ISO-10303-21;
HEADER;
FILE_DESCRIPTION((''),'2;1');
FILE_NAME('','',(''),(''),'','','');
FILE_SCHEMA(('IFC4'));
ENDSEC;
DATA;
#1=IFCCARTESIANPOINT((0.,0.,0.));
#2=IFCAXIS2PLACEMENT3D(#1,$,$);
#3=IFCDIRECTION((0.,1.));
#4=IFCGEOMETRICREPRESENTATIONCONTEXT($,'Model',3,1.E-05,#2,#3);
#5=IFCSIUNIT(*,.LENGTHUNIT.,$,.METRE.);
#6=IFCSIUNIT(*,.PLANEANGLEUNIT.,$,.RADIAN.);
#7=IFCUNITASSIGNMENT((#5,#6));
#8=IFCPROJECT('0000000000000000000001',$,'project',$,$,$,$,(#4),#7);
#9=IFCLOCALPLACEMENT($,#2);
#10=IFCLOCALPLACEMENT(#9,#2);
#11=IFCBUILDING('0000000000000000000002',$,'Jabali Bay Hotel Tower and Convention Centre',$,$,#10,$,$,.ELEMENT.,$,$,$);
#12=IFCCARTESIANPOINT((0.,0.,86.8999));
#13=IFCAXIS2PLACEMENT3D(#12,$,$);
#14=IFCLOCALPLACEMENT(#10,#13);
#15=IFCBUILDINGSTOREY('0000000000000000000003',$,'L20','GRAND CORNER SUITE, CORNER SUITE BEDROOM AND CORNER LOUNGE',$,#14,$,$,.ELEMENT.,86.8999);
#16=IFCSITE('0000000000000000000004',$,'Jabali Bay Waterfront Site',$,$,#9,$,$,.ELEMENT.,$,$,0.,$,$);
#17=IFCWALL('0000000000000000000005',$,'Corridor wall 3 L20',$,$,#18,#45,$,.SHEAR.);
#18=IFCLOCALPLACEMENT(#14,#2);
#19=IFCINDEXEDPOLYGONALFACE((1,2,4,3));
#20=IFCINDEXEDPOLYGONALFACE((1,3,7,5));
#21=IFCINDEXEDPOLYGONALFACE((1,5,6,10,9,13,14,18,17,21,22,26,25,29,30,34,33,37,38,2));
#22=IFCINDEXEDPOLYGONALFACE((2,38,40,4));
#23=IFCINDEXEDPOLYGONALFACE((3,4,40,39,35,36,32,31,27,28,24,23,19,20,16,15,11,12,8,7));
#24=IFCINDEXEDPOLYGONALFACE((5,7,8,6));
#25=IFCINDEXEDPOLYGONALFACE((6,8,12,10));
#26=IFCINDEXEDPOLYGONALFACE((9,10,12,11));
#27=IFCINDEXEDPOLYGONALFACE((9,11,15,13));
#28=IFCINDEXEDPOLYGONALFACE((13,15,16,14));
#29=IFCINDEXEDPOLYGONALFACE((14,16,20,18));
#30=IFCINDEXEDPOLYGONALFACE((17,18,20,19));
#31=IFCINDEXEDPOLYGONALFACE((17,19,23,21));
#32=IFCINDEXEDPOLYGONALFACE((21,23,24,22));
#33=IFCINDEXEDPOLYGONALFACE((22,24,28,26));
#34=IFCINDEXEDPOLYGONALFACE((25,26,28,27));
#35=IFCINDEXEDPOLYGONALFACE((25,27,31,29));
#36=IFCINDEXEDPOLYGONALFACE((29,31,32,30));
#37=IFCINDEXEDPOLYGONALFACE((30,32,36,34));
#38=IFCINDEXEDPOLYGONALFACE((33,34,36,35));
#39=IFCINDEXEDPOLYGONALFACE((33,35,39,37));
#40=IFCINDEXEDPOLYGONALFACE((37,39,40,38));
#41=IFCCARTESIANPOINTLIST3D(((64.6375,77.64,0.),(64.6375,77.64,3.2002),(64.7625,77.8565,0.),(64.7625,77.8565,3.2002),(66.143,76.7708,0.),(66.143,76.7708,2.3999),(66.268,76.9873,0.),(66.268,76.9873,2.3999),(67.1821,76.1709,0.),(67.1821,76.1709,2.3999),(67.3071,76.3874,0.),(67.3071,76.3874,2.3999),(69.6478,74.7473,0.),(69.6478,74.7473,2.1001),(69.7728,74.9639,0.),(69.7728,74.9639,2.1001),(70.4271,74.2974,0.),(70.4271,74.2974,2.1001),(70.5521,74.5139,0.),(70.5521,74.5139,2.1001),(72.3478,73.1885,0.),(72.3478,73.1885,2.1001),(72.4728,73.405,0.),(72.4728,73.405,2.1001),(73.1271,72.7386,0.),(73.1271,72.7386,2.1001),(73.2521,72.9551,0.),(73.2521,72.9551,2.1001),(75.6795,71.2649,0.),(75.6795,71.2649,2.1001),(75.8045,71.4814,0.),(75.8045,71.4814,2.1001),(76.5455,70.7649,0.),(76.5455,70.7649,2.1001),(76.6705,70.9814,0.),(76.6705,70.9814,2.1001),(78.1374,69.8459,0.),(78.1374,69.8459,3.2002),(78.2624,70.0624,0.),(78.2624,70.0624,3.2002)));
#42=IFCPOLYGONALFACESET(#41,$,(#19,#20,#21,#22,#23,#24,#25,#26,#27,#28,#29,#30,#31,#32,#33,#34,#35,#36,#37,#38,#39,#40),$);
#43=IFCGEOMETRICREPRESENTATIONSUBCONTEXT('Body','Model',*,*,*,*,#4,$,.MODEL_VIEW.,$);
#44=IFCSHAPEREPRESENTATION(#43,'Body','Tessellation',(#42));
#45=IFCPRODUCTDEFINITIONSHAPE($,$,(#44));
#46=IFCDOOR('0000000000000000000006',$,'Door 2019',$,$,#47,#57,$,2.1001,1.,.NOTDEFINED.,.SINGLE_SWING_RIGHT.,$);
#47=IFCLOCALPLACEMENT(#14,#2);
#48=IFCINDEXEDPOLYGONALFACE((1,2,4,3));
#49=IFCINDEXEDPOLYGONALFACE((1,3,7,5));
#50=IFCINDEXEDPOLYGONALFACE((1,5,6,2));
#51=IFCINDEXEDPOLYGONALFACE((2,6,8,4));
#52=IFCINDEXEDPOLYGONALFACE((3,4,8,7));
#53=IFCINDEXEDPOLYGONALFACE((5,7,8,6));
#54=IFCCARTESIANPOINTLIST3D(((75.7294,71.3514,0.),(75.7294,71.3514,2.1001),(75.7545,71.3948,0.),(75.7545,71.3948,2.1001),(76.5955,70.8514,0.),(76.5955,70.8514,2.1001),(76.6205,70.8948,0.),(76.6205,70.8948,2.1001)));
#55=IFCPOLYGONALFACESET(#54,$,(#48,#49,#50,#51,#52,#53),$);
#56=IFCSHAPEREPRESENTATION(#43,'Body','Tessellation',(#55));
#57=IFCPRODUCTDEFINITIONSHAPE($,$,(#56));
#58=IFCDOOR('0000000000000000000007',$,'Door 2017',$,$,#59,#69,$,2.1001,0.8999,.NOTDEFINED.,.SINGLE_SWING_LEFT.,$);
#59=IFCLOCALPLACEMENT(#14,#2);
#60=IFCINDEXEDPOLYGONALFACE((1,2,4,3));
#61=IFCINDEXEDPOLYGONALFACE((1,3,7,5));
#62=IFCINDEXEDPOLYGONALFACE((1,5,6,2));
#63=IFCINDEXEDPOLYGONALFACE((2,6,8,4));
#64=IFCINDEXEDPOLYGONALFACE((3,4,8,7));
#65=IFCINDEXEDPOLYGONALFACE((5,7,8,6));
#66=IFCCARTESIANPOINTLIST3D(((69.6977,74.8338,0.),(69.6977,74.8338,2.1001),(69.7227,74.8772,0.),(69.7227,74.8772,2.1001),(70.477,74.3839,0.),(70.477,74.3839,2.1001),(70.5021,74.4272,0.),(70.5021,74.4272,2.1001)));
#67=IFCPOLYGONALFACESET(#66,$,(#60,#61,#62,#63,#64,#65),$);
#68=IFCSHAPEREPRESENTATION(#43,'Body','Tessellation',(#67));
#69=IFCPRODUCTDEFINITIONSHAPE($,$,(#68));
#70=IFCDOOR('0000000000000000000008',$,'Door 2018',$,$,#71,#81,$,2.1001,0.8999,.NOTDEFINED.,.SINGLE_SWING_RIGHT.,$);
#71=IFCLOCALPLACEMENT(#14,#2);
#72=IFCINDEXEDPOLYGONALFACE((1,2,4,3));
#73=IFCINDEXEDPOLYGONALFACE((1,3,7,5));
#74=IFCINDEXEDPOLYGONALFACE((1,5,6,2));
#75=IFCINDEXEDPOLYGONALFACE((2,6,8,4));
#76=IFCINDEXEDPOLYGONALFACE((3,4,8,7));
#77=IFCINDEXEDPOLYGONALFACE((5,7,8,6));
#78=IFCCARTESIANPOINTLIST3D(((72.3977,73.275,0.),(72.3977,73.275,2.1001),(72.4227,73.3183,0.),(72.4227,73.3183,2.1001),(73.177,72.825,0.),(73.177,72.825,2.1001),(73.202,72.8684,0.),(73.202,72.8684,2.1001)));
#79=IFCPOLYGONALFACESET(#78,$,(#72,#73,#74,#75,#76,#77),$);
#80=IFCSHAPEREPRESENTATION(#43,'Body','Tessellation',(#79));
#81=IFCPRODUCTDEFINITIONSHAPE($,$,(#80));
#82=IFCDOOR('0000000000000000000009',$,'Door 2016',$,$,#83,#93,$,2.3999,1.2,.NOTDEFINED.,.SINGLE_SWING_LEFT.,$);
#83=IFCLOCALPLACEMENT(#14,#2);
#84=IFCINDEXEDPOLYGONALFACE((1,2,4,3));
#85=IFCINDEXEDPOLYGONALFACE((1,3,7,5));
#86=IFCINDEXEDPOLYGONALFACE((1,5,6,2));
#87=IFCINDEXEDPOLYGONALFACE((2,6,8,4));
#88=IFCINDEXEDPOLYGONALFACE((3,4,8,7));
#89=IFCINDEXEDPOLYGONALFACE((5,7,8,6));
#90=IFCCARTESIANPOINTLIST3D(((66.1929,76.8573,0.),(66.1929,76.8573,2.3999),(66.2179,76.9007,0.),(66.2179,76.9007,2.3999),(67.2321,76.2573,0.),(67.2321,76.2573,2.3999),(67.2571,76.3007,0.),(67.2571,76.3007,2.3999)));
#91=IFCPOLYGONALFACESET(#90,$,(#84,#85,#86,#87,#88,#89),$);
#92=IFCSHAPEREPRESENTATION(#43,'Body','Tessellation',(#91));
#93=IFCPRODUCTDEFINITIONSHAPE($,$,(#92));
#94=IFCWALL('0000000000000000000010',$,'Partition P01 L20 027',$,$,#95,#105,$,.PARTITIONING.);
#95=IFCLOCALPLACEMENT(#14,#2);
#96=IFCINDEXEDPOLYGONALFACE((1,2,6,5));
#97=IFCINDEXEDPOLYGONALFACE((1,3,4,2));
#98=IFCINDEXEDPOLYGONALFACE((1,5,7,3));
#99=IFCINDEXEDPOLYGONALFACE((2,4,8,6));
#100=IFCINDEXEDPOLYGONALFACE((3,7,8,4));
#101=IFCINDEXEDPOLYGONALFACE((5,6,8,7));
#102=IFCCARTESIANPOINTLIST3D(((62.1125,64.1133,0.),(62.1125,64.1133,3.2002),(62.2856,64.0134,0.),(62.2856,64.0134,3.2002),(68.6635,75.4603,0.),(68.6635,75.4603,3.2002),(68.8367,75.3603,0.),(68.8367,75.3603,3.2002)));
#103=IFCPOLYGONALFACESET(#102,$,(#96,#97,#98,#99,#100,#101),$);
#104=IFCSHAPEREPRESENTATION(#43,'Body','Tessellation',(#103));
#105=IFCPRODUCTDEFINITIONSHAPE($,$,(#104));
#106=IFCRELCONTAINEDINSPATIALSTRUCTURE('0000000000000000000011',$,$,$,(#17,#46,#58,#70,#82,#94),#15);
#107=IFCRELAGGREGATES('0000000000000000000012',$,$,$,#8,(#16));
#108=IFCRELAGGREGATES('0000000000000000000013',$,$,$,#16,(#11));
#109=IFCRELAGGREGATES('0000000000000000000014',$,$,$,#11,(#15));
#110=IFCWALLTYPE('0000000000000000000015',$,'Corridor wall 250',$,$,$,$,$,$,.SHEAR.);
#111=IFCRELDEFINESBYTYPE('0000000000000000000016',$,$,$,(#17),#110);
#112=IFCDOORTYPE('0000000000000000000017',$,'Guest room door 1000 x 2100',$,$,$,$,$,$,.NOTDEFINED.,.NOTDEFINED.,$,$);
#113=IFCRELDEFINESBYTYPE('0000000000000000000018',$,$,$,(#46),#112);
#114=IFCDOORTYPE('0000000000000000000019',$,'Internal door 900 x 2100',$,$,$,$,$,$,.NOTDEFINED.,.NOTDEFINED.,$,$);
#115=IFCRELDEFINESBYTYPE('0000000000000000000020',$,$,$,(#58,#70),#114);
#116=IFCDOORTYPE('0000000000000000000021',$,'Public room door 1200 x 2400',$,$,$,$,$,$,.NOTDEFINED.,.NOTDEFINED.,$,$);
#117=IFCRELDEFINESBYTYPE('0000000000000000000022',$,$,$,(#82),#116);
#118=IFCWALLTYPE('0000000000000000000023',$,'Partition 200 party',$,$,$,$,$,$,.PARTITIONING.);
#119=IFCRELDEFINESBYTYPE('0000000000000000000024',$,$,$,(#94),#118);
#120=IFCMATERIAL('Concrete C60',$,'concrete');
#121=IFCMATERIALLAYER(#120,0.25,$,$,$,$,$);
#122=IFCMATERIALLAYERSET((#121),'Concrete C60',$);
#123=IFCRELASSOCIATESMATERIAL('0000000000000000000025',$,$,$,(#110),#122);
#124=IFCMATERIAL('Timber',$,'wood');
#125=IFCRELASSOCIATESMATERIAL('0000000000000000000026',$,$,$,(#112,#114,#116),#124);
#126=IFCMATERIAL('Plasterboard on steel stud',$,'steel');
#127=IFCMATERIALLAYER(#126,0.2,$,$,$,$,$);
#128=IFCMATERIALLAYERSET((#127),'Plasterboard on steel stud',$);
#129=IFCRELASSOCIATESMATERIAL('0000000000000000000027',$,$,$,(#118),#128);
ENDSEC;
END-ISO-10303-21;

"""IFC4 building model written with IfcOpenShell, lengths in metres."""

from ifc_helpers import new_model, si_unit, direction, frame, frame_2d, origin, place, context, subcontext, project, spatial, rectangle, extrude, material, layer, layer_set, type_object, element, fill, save


model = new_model("IFC4")

# Units and contexts
model_context = context("Model", 3, precision=1e-05, world=origin(), true_north=direction((0.0, 1.0)))
body_context = subcontext(model_context, "Body", "Model", "MODEL_VIEW")
ifc_project = project(units=[si_unit("LENGTHUNIT", "METRE"), si_unit("PLANEANGLEUNIT", "RADIAN")], contexts=[model_context])

# Site, building, storey
site_placement = place(None, origin())
site = spatial("IfcSite", under=ifc_project, at=site_placement, Name="Jabali Bay Waterfront Site", CompositionType="ELEMENT", RefElevation=0.0)
building_placement = place(site_placement, origin())
building = spatial("IfcBuilding", under=site, at=building_placement, Name="Jabali Bay Hotel Tower and Convention Centre", CompositionType="ELEMENT")
storey_placement = place(building_placement, frame((0.0, 0.0, 86.8999)))
storey = spatial("IfcBuildingStorey", under=building, at=storey_placement, Name="L20", Description="GRAND CORNER SUITE, CORNER SUITE BEDROOM AND CORNER LOUNGE", CompositionType="ELEMENT", Elevation=86.8999)

# Shared definitions
ifc_material_1 = material(Name="Concrete C60", Category="concrete")

# Wall, openings, doors
ifc_layer_1 = layer(ifc_material_1, 0.25)
ifc_layer_set_1 = layer_set([ifc_layer_1], Name="Concrete C60")
wall_type_1 = type_object("IfcWallType", Name="Corridor wall 250", PredefinedType="SHEAR", material=ifc_layer_set_1)
wall_1_placement = place(storey_placement, frame((64.7, 77.7483, 0.0), z_axis=(0.0, 0.0, 1.0), x_axis=(0.866026, -0.499998, 0.0)))
wall_1 = element("IfcWall", 1, at=wall_1_placement, inside=storey, type_object=wall_type_1, Name="Corridor wall 3 L20", PredefinedType="SHEAR", context=body_context, shape_type="SweptSolid", body=[
    extrude(rectangle(XDim=15.5884, YDim=0.25, at=frame_2d((7.7942, 0.0))), origin(), (0.0, 0.0, 1.0), 3.2002),
])
opening_1_placement = place(wall_1_placement, frame((1.7383, 0.0, 0.0)))
opening_1 = element("IfcOpeningElement", 2, at=opening_1_placement, cuts=wall_1, PredefinedType="OPENING", context=body_context, shape_type="SweptSolid", body=[
    extrude(rectangle(XDim=1.2, YDim=2.3999, at=frame_2d((0.6001, 1.2))), frame((0.0, 0.1355, 0.0), z_axis=(0.0, -1.0, 0.0), x_axis=(1.0, 0.0, 0.0)), (0.0, 0.0, 1.0), 0.271),
])
opening_2_placement = place(wall_1_placement, frame((5.7854, 0.0, 0.0)))
opening_2 = element("IfcOpeningElement", 3, at=opening_2_placement, cuts=wall_1, PredefinedType="OPENING", context=body_context, shape_type="SweptSolid", body=[
    extrude(rectangle(XDim=0.8999, YDim=2.1001, at=frame_2d((0.45, 1.05))), frame((0.0, 0.1355, 0.0), z_axis=(0.0, -1.0, 0.0), x_axis=(1.0, 0.0, 0.0)), (0.0, 0.0, 1.0), 0.271),
])
opening_3_placement = place(wall_1_placement, frame((8.9031, 0.0, 0.0)))
opening_3 = element("IfcOpeningElement", 4, at=opening_3_placement, cuts=wall_1, PredefinedType="OPENING", context=body_context, shape_type="SweptSolid", body=[
    extrude(rectangle(XDim=0.8999, YDim=2.1001, at=frame_2d((0.45, 1.05))), frame((0.0, 0.1355, 0.0), z_axis=(0.0, -1.0, 0.0), x_axis=(1.0, 0.0, 0.0)), (0.0, 0.0, 1.0), 0.271),
])
opening_4_placement = place(wall_1_placement, frame((12.7502, 0.0, 0.0)))
opening_4 = element("IfcOpeningElement", 5, at=opening_4_placement, cuts=wall_1, PredefinedType="OPENING", context=body_context, shape_type="SweptSolid", body=[
    extrude(rectangle(XDim=1.0, YDim=2.1001, at=frame_2d((0.5, 1.05))), frame((0.0, 0.1355, 0.0), z_axis=(0.0, -1.0, 0.0), x_axis=(1.0, 0.0, 0.0)), (0.0, 0.0, 1.0), 0.271),
])
ifc_material_2 = material(Name="Timber", Category="wood")
door_type_1 = type_object("IfcDoorType", Name="Guest room door 1000 x 2100", OperationType="NOTDEFINED", PredefinedType="NOTDEFINED", material=ifc_material_2)
door_1_placement = place(opening_4_placement, origin())
door_1 = element("IfcDoor", 6, at=door_1_placement, inside=storey, type_object=door_type_1, Name="Door 2019", OperationType="SINGLE_SWING_RIGHT", OverallHeight=2.1001, OverallWidth=1.0, PredefinedType="NOTDEFINED", context=body_context, shape_type="SweptSolid", body=[
    extrude(rectangle(XDim=1.0, YDim=2.1001, at=frame_2d((0.5, 1.05))), frame((0.0, 0.0249, 0.0), z_axis=(0.0, -1.0, 0.0), x_axis=(1.0, 0.0, 0.0)), (0.0, 0.0, 1.0), 0.05),
])
fill(opening_4, door_1)
door_type_2 = type_object("IfcDoorType", Name="Internal door 900 x 2100", OperationType="NOTDEFINED", PredefinedType="NOTDEFINED", material=ifc_material_2)
door_2_placement = place(opening_2_placement, origin())
door_2 = element("IfcDoor", 7, at=door_2_placement, inside=storey, type_object=door_type_2, Name="Door 2017", OperationType="SINGLE_SWING_LEFT", OverallHeight=2.1001, OverallWidth=0.8999, PredefinedType="NOTDEFINED", context=body_context, shape_type="SweptSolid", body=[
    extrude(rectangle(XDim=0.8999, YDim=2.1001, at=frame_2d((0.45, 1.05))), frame((0.0, 0.0249, 0.0), z_axis=(0.0, -1.0, 0.0), x_axis=(1.0, 0.0, 0.0)), (0.0, 0.0, 1.0), 0.05),
])
fill(opening_2, door_2)
door_3_placement = place(opening_3_placement, origin())
door_3 = element("IfcDoor", 8, at=door_3_placement, inside=storey, type_object=door_type_2, Name="Door 2018", OperationType="SINGLE_SWING_RIGHT", OverallHeight=2.1001, OverallWidth=0.8999, PredefinedType="NOTDEFINED", context=body_context, shape_type="SweptSolid", body=[
    extrude(rectangle(XDim=0.8999, YDim=2.1001, at=frame_2d((0.45, 1.05))), frame((0.0, 0.0249, 0.0), z_axis=(0.0, -1.0, 0.0), x_axis=(1.0, 0.0, 0.0)), (0.0, 0.0, 1.0), 0.05),
])
fill(opening_3, door_3)
door_type_3 = type_object("IfcDoorType", Name="Public room door 1200 x 2400", OperationType="NOTDEFINED", PredefinedType="NOTDEFINED", material=ifc_material_2)
door_4_placement = place(opening_1_placement, origin())
door_4 = element("IfcDoor", 9, at=door_4_placement, inside=storey, type_object=door_type_3, Name="Door 2016", OperationType="SINGLE_SWING_LEFT", OverallHeight=2.3999, OverallWidth=1.2, PredefinedType="NOTDEFINED", context=body_context, shape_type="SweptSolid", body=[
    extrude(rectangle(XDim=1.2, YDim=2.3999, at=frame_2d((0.6001, 1.2))), frame((0.0, 0.0249, 0.0), z_axis=(0.0, -1.0, 0.0), x_axis=(1.0, 0.0, 0.0)), (0.0, 0.0, 1.0), 0.05),
])
fill(opening_1, door_4)

# Wall
ifc_material_3 = material(Name="Plasterboard on steel stud", Category="steel")
ifc_layer_2 = layer(ifc_material_3, 0.2)
ifc_layer_set_2 = layer_set([ifc_layer_2], Name="Plasterboard on steel stud")
wall_type_2 = type_object("IfcWallType", Name="Partition 200 party", PredefinedType="PARTITIONING", material=ifc_layer_set_2)
wall_2_placement = place(storey_placement, frame((62.199, 64.0632, 0.0), z_axis=(0.0, 0.0, 1.0), x_axis=(0.499993, 0.86603, 0.0)))
element("IfcWall", 10, at=wall_2_placement, inside=storey, type_object=wall_type_2, Name="Partition P01 L20 027", PredefinedType="PARTITIONING", context=body_context, shape_type="SweptSolid", body=[
    extrude(rectangle(XDim=13.1023, YDim=0.2, at=frame_2d((6.5513, 0.0))), origin(), (0.0, 0.0, 1.0), 3.2002),
])

save(model, "model.ifc")
